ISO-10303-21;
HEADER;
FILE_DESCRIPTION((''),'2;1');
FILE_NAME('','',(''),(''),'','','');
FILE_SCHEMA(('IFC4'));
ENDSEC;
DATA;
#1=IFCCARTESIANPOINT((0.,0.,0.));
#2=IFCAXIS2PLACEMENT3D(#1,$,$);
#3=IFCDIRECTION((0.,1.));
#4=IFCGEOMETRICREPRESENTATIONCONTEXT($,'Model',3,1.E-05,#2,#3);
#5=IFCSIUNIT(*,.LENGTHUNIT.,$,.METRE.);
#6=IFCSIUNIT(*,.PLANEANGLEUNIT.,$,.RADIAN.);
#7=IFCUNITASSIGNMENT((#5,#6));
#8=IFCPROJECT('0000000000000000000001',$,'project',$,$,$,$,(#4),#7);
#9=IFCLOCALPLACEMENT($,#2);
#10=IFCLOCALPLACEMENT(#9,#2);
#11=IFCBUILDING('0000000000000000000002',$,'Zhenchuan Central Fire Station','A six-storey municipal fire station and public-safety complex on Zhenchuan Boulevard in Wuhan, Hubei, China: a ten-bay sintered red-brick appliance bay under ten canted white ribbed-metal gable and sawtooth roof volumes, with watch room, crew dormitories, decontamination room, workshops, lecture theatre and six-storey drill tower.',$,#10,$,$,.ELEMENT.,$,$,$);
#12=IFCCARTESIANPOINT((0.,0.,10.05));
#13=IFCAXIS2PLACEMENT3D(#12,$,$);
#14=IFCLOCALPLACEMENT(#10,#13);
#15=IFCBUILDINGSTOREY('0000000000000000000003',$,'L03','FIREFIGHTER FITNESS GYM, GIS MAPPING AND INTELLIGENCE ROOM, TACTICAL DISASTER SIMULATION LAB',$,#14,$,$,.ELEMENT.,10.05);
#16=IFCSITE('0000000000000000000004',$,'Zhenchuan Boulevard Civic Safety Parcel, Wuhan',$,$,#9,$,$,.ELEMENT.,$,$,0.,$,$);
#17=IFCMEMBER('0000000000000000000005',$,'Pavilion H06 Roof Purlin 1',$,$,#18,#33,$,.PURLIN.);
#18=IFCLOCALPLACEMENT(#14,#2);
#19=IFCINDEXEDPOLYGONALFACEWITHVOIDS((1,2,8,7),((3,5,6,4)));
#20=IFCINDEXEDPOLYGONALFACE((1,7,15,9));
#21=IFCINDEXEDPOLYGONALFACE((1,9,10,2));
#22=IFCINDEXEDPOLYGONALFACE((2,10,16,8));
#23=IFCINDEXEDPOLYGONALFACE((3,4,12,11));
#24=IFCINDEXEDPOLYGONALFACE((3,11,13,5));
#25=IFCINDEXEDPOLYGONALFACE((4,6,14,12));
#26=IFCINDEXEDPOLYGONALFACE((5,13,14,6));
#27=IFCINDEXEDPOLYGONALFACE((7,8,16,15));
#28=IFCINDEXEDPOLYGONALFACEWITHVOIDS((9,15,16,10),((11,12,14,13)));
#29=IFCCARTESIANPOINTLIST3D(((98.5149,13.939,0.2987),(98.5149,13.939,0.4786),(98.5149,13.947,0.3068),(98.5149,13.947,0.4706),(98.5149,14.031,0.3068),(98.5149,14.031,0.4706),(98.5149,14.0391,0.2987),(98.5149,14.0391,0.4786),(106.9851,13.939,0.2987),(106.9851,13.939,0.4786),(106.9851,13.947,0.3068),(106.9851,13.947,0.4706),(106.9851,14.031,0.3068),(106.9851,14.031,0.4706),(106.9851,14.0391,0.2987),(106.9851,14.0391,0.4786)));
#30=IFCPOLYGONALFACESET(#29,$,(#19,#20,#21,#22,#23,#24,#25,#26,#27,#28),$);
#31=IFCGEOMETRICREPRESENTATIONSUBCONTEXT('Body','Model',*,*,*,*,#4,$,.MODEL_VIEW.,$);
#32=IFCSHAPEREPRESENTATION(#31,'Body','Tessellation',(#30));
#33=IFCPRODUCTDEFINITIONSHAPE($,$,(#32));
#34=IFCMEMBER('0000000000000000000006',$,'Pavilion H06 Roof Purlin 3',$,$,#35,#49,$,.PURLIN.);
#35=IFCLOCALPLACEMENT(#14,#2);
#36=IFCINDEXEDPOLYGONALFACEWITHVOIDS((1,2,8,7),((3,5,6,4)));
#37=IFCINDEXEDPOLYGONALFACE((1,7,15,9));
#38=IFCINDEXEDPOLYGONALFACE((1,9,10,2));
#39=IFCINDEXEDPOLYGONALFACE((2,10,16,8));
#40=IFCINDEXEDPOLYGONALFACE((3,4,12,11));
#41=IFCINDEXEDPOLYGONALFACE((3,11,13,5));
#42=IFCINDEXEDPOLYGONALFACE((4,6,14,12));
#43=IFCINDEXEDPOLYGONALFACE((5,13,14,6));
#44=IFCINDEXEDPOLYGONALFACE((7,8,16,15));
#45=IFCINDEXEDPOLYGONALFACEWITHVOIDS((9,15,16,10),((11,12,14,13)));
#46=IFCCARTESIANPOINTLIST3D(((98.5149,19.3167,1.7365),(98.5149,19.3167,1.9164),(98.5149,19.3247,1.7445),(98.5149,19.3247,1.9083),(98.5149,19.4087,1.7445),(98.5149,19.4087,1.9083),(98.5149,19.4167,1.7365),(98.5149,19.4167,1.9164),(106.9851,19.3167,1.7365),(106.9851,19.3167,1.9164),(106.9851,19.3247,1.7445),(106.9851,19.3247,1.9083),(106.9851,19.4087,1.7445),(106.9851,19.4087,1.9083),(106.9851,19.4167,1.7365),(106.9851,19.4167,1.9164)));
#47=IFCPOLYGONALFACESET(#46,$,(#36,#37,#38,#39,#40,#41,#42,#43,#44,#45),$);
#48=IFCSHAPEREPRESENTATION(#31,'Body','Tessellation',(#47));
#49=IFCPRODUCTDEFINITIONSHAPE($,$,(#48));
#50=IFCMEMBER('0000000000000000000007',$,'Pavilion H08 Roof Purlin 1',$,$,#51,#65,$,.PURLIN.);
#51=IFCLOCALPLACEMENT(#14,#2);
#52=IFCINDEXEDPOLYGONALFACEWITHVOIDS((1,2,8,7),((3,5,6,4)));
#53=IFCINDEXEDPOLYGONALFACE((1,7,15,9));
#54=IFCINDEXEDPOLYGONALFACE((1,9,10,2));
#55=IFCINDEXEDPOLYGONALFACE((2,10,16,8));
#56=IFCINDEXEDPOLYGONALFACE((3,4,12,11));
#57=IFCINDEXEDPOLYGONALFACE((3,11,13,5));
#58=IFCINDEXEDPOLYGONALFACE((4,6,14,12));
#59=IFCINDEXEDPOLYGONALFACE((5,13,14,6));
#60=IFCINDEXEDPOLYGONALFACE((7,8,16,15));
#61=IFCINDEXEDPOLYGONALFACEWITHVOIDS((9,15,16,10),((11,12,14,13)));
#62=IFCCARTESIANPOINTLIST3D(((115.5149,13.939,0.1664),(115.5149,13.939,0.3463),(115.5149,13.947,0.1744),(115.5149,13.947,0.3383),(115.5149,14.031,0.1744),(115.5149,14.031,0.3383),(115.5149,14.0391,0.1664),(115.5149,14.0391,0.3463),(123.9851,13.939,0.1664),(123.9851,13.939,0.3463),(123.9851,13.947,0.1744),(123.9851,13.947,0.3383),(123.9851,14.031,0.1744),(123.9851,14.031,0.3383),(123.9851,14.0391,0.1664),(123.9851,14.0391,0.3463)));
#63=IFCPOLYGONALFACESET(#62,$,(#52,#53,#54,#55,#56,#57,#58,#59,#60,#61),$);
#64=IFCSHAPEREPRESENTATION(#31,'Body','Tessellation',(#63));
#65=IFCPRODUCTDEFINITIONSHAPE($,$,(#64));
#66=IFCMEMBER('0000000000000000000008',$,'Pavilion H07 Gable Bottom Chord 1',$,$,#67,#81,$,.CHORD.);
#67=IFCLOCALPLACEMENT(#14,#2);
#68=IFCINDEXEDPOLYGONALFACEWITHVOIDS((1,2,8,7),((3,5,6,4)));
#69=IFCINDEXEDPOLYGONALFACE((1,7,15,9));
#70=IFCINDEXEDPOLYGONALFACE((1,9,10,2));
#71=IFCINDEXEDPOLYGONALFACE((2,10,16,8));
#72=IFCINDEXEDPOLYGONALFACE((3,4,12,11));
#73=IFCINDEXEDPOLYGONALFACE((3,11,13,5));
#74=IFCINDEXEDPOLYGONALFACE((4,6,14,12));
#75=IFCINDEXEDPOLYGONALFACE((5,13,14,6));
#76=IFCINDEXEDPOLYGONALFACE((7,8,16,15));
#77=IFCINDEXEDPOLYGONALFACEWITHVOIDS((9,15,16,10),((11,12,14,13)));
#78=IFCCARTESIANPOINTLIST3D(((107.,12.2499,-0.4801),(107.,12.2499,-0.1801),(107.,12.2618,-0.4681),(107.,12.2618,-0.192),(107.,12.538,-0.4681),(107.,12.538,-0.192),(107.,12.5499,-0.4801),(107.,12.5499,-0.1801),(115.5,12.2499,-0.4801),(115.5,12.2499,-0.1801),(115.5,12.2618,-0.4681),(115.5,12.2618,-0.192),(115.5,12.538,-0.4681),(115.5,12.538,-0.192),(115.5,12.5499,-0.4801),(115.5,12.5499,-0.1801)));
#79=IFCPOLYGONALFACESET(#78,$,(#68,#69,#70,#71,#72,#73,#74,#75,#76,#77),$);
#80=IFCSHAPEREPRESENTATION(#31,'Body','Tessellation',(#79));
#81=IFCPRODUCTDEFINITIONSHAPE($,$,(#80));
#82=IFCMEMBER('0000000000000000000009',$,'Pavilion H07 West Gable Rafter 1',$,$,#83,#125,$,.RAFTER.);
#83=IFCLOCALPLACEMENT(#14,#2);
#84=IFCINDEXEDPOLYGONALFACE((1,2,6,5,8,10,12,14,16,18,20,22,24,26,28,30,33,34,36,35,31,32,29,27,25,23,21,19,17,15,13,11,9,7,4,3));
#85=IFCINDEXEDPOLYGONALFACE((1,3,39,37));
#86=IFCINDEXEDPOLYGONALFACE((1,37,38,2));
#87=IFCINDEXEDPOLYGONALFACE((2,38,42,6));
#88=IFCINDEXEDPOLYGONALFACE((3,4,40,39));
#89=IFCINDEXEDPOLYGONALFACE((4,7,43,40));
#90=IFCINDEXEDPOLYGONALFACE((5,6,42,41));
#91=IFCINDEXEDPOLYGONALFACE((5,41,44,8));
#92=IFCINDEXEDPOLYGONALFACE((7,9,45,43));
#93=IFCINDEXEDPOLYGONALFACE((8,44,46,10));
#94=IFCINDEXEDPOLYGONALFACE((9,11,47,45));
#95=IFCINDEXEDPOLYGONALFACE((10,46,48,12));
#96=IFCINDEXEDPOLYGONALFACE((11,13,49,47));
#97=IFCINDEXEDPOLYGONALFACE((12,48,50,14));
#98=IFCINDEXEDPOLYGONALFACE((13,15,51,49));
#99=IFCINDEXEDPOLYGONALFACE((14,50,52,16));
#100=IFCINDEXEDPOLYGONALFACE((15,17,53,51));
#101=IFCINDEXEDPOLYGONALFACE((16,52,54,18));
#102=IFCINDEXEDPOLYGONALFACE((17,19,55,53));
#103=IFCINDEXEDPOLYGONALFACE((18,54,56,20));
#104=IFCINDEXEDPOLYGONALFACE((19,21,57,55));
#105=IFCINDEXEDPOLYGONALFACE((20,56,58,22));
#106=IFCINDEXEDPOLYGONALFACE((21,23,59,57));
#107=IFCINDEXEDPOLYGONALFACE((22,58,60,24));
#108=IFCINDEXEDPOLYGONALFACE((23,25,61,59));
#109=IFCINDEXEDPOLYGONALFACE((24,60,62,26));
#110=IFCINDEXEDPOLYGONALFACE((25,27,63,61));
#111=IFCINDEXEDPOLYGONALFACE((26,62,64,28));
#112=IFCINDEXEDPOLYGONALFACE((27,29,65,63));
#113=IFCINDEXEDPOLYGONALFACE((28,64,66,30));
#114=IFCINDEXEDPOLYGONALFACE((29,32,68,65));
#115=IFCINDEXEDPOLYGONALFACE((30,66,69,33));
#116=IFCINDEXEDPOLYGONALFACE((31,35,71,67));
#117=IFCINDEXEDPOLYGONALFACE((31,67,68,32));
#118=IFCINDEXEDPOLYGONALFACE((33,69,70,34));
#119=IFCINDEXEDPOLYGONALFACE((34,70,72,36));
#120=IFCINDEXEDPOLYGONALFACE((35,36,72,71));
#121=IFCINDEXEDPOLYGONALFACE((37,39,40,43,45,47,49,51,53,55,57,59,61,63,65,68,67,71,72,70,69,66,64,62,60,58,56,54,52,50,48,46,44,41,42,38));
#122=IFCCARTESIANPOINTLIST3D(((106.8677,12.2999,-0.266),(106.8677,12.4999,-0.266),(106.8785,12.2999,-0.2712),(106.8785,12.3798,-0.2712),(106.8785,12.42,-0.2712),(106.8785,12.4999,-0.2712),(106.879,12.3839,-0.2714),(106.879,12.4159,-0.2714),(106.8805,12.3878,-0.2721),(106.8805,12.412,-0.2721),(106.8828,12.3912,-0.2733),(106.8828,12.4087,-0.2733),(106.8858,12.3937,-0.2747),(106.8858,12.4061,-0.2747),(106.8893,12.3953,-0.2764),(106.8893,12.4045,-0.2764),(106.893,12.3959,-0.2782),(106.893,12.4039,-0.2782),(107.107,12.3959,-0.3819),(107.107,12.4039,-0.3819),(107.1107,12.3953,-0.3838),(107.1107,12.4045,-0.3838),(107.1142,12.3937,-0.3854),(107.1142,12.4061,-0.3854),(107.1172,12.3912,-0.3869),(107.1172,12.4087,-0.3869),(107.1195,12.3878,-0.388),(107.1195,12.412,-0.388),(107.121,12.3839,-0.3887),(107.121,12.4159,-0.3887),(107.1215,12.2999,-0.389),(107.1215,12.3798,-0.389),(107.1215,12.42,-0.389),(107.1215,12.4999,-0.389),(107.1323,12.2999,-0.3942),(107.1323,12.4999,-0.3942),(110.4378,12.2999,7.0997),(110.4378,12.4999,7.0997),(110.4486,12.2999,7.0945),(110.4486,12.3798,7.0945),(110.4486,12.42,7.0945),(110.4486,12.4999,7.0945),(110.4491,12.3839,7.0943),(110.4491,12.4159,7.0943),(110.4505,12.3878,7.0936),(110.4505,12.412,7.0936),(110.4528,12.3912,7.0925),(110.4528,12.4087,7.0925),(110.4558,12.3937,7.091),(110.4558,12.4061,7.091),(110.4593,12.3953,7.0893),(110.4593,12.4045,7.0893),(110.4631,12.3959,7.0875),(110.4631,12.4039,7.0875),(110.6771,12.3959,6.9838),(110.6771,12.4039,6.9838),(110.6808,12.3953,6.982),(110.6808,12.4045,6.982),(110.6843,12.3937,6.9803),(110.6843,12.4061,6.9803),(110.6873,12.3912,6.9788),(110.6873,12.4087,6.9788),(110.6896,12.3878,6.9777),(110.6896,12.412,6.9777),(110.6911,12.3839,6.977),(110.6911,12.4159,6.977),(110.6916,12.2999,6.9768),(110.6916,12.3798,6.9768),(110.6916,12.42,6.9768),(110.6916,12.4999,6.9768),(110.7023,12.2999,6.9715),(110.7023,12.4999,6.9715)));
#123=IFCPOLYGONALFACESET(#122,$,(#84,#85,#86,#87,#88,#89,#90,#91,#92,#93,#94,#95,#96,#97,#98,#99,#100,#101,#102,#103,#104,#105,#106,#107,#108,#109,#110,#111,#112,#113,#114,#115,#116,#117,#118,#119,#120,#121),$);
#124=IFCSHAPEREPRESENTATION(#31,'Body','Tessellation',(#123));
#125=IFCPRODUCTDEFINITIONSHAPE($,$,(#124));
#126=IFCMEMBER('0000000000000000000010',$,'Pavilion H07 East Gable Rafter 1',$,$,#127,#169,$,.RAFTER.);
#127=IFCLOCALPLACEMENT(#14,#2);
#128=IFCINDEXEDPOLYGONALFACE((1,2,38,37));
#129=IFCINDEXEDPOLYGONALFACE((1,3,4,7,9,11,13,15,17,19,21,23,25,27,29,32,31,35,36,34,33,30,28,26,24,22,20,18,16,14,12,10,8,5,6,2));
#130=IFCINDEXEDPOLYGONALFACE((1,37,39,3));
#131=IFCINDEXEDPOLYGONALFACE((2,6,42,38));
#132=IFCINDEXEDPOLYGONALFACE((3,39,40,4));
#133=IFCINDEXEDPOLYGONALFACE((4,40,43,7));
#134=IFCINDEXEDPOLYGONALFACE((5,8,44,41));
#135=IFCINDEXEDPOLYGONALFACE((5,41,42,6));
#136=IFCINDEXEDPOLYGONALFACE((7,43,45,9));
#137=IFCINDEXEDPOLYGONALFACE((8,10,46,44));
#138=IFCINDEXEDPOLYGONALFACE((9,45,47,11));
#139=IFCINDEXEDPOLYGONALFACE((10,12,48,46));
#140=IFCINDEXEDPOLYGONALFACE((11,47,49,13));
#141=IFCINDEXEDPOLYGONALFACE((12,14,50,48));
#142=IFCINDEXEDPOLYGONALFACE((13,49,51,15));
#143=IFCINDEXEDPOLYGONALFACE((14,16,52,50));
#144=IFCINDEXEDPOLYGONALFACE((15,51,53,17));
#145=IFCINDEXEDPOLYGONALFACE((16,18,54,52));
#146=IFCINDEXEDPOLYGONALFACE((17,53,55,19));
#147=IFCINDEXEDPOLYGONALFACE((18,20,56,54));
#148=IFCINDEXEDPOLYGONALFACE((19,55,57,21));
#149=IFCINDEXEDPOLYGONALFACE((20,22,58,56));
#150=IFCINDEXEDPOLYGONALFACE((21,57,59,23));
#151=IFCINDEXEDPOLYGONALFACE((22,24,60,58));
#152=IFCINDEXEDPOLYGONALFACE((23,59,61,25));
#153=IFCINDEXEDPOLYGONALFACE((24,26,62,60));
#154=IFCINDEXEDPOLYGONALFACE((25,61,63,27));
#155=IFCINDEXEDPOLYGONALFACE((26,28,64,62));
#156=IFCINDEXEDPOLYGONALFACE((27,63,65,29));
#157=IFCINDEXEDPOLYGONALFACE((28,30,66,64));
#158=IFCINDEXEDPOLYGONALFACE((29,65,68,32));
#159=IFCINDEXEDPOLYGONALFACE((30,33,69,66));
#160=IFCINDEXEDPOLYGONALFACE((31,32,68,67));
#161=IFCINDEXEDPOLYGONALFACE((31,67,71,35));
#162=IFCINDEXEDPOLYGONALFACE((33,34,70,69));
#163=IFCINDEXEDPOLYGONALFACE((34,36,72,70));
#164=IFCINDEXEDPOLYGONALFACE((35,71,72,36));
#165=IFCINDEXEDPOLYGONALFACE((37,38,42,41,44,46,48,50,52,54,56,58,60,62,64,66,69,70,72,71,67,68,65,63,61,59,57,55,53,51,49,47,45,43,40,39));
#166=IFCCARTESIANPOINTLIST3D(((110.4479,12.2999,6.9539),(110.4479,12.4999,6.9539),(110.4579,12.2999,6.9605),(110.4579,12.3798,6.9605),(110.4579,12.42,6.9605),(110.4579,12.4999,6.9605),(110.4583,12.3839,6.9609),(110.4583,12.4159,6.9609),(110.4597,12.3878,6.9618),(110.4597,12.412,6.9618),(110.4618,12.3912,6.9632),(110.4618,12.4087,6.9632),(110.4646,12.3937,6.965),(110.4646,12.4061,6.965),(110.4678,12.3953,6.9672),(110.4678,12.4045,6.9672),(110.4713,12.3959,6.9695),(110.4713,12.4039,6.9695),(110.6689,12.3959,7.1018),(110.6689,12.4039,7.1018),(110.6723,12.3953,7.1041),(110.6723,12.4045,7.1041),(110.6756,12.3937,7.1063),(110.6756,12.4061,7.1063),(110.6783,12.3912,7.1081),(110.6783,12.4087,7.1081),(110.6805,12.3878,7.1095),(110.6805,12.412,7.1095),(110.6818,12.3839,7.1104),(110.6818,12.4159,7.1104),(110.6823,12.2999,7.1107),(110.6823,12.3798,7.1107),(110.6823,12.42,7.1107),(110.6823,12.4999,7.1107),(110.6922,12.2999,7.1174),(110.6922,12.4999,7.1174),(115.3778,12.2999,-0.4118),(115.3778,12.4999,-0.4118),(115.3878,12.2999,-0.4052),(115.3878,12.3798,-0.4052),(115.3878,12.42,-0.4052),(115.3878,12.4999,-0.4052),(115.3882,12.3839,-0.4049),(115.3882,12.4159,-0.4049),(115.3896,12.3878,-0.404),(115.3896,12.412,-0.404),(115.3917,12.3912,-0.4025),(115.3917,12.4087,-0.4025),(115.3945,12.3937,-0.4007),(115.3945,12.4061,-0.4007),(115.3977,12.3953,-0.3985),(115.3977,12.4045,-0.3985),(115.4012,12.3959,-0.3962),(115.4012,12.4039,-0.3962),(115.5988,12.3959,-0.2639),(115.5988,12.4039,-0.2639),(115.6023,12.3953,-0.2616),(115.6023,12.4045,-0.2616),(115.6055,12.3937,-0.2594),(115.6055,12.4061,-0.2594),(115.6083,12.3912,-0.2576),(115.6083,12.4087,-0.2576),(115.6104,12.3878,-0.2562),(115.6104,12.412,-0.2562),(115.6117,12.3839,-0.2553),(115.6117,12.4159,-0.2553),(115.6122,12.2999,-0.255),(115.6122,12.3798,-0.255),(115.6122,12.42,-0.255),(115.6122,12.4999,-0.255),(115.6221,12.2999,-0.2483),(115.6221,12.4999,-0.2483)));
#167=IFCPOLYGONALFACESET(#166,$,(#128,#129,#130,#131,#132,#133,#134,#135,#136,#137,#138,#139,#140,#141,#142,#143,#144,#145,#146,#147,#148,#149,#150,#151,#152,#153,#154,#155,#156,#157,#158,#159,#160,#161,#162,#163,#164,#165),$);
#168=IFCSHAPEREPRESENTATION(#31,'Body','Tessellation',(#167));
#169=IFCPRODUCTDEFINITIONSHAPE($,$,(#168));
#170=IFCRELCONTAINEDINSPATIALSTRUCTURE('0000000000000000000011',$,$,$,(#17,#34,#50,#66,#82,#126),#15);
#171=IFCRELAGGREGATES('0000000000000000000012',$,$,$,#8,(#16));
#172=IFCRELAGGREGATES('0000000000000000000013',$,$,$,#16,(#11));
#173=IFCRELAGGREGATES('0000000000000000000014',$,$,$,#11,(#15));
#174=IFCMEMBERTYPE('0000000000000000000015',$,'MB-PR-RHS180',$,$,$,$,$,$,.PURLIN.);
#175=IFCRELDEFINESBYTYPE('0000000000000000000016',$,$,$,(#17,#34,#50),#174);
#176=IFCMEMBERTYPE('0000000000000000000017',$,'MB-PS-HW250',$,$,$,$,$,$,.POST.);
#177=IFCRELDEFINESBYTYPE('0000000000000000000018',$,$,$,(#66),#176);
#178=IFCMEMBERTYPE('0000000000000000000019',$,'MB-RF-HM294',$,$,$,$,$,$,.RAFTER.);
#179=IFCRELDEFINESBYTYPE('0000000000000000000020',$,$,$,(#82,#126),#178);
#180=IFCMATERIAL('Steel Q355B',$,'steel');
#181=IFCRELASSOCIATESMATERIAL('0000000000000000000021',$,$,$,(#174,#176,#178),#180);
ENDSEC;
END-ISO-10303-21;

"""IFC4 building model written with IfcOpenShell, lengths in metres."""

from ifc_helpers import new_model, si_unit, direction, frame, origin, origin_2d, place, context, subcontext, project, spatial, hollow_rectangle, i_section, extrude, material, material_profile, profile_set, type_object, element, save


model = new_model("IFC4")

# Units and contexts
model_context = context("Model", 3, precision=1e-05, world=origin(), true_north=direction((0.0, 1.0)))
body_context = subcontext(model_context, "Body", "Model", "MODEL_VIEW")
ifc_project = project(units=[si_unit("LENGTHUNIT", "METRE"), si_unit("PLANEANGLEUNIT", "RADIAN")], contexts=[model_context])

# Site, building, storey
site_placement = place(None, origin())
site = spatial("IfcSite", under=ifc_project, at=site_placement, Name="Zhenchuan Boulevard Civic Safety Parcel, Wuhan", CompositionType="ELEMENT", RefElevation=0.0)
building_placement = place(site_placement, origin())
building = spatial("IfcBuilding", under=site, at=building_placement, Name="Zhenchuan Central Fire Station", Description="A six-storey municipal fire station and public-safety complex on Zhenchuan Boulevard in Wuhan, Hubei, China: a ten-bay sintered red-brick appliance bay under ten canted white ribbed-metal gable and sawtooth roof volumes, with watch room, crew dormitories, decontamination room, workshops, lecture theatre and six-storey drill tower.", CompositionType="ELEMENT")
storey_placement = place(building_placement, frame((0.0, 0.0, 10.05)))
storey = spatial("IfcBuildingStorey", under=building, at=storey_placement, Name="L03", Description="FIREFIGHTER FITNESS GYM, GIS MAPPING AND INTELLIGENCE ROOM, TACTICAL DISASTER SIMULATION LAB", CompositionType="ELEMENT", Elevation=10.05)

# Members
ifc_material_1 = material(Name="Steel Q355B", Category="steel")
ifc_material_profile_1 = material_profile(ifc_material_1, hollow_rectangle(XDim=0.1001, YDim=0.1799, WallThickness=0.0081, at=origin_2d()), Name="RHS 180x100x8")
ifc_profile_set_1 = profile_set([ifc_material_profile_1], Name="Steel Q355B")
member_type_1 = type_object("IfcMemberType", Name="MB-PR-RHS180", PredefinedType="PURLIN", material=ifc_profile_set_1)
for number, where, z_axis, x_axis, name in (
    (1, (98.5149, 13.989, 0.3887), (1.0, 0.0, 0.0), (0.0, 1.0, 0.0), "Pavilion H06 Roof Purlin 1"),
    (2, (98.5149, 19.3667, 1.8264), (1.0, 0.0, 0.0), (0.0, 1.0, 0.0), "Pavilion H06 Roof Purlin 3"),
    (3, (115.5149, 13.989, 0.2563), (1.0, 0.0, 0.0), (0.0, 1.0, 0.0), "Pavilion H08 Roof Purlin 1"),
):
    element("IfcMember", number, at=place(storey_placement, frame(where, z_axis=z_axis, x_axis=x_axis)), inside=storey, type_object=member_type_1, Name=name, PredefinedType="PURLIN", context=body_context, shape_type="SweptSolid", body=[
        extrude(hollow_rectangle(XDim=0.1001, YDim=0.1799, WallThickness=0.0081, at=origin_2d()), origin(), (0.0, 0.0, 1.0), 8.4702),
    ])
ifc_material_profile_2 = material_profile(ifc_material_1, hollow_rectangle(XDim=0.3, YDim=0.3, WallThickness=0.012, at=origin_2d()), Name="SHS 300x300x12")
ifc_profile_set_2 = profile_set([ifc_material_profile_2], Name="Steel Q355B")
member_type_2 = type_object("IfcMemberType", Name="MB-PS-HW250", PredefinedType="POST", material=ifc_profile_set_2)
member_1_placement = place(storey_placement, frame((107.0, 12.3999, -0.3301), z_axis=(1.0, 0.0, 0.0), x_axis=(0.0, 1.0, 0.0)))
element("IfcMember", 4, at=member_1_placement, inside=storey, type_object=member_type_2, Name="Pavilion H07 Gable Bottom Chord 1", PredefinedType="CHORD", context=body_context, shape_type="SweptSolid", body=[
    extrude(hollow_rectangle(XDim=0.3, YDim=0.3, WallThickness=0.012, at=origin_2d()), origin(), (0.0, 0.0, 1.0), 8.5),
])
ifc_material_profile_3 = material_profile(ifc_material_1, i_section(OverallWidth=0.2, OverallDepth=0.2939, WebThickness=0.0081, FlangeThickness=0.012, FilletRadius=0.0161, at=origin_2d()), Name="HM 294x200")
ifc_profile_set_3 = profile_set([ifc_material_profile_3], Name="Steel Q355B")
member_type_3 = type_object("IfcMemberType", Name="MB-RF-HM294", PredefinedType="RAFTER", material=ifc_profile_set_3)
member_2_placement = place(storey_placement, frame((107.0, 12.3999, -0.3301), z_axis=(0.436156, 0.0, 0.899871), x_axis=(0.0, 1.0, 0.0)))
element("IfcMember", 5, at=member_2_placement, inside=storey, type_object=member_type_3, Name="Pavilion H07 West Gable Rafter 1", PredefinedType="RAFTER", context=body_context, shape_type="SweptSolid", body=[
    extrude(i_section(OverallWidth=0.2, OverallDepth=0.2939, WebThickness=0.0081, FlangeThickness=0.012, FilletRadius=0.0161, at=origin_2d()), origin(), (0.0, 0.0, 1.0), 8.1853),
])
member_3_placement = place(storey_placement, frame((110.5701, 12.3999, 7.0356), z_axis=(0.556218, 0.0, -0.831036), x_axis=(0.0, 1.0, 0.0)))
element("IfcMember", 6, at=member_3_placement, inside=storey, type_object=member_type_3, Name="Pavilion H07 East Gable Rafter 1", PredefinedType="RAFTER", context=body_context, shape_type="SweptSolid", body=[
    extrude(i_section(OverallWidth=0.2, OverallDepth=0.2939, WebThickness=0.0081, FlangeThickness=0.012, FilletRadius=0.0161, at=origin_2d()), origin(), (0.0, 0.0, 1.0), 8.8633),
])

save(model, "model.ifc")
